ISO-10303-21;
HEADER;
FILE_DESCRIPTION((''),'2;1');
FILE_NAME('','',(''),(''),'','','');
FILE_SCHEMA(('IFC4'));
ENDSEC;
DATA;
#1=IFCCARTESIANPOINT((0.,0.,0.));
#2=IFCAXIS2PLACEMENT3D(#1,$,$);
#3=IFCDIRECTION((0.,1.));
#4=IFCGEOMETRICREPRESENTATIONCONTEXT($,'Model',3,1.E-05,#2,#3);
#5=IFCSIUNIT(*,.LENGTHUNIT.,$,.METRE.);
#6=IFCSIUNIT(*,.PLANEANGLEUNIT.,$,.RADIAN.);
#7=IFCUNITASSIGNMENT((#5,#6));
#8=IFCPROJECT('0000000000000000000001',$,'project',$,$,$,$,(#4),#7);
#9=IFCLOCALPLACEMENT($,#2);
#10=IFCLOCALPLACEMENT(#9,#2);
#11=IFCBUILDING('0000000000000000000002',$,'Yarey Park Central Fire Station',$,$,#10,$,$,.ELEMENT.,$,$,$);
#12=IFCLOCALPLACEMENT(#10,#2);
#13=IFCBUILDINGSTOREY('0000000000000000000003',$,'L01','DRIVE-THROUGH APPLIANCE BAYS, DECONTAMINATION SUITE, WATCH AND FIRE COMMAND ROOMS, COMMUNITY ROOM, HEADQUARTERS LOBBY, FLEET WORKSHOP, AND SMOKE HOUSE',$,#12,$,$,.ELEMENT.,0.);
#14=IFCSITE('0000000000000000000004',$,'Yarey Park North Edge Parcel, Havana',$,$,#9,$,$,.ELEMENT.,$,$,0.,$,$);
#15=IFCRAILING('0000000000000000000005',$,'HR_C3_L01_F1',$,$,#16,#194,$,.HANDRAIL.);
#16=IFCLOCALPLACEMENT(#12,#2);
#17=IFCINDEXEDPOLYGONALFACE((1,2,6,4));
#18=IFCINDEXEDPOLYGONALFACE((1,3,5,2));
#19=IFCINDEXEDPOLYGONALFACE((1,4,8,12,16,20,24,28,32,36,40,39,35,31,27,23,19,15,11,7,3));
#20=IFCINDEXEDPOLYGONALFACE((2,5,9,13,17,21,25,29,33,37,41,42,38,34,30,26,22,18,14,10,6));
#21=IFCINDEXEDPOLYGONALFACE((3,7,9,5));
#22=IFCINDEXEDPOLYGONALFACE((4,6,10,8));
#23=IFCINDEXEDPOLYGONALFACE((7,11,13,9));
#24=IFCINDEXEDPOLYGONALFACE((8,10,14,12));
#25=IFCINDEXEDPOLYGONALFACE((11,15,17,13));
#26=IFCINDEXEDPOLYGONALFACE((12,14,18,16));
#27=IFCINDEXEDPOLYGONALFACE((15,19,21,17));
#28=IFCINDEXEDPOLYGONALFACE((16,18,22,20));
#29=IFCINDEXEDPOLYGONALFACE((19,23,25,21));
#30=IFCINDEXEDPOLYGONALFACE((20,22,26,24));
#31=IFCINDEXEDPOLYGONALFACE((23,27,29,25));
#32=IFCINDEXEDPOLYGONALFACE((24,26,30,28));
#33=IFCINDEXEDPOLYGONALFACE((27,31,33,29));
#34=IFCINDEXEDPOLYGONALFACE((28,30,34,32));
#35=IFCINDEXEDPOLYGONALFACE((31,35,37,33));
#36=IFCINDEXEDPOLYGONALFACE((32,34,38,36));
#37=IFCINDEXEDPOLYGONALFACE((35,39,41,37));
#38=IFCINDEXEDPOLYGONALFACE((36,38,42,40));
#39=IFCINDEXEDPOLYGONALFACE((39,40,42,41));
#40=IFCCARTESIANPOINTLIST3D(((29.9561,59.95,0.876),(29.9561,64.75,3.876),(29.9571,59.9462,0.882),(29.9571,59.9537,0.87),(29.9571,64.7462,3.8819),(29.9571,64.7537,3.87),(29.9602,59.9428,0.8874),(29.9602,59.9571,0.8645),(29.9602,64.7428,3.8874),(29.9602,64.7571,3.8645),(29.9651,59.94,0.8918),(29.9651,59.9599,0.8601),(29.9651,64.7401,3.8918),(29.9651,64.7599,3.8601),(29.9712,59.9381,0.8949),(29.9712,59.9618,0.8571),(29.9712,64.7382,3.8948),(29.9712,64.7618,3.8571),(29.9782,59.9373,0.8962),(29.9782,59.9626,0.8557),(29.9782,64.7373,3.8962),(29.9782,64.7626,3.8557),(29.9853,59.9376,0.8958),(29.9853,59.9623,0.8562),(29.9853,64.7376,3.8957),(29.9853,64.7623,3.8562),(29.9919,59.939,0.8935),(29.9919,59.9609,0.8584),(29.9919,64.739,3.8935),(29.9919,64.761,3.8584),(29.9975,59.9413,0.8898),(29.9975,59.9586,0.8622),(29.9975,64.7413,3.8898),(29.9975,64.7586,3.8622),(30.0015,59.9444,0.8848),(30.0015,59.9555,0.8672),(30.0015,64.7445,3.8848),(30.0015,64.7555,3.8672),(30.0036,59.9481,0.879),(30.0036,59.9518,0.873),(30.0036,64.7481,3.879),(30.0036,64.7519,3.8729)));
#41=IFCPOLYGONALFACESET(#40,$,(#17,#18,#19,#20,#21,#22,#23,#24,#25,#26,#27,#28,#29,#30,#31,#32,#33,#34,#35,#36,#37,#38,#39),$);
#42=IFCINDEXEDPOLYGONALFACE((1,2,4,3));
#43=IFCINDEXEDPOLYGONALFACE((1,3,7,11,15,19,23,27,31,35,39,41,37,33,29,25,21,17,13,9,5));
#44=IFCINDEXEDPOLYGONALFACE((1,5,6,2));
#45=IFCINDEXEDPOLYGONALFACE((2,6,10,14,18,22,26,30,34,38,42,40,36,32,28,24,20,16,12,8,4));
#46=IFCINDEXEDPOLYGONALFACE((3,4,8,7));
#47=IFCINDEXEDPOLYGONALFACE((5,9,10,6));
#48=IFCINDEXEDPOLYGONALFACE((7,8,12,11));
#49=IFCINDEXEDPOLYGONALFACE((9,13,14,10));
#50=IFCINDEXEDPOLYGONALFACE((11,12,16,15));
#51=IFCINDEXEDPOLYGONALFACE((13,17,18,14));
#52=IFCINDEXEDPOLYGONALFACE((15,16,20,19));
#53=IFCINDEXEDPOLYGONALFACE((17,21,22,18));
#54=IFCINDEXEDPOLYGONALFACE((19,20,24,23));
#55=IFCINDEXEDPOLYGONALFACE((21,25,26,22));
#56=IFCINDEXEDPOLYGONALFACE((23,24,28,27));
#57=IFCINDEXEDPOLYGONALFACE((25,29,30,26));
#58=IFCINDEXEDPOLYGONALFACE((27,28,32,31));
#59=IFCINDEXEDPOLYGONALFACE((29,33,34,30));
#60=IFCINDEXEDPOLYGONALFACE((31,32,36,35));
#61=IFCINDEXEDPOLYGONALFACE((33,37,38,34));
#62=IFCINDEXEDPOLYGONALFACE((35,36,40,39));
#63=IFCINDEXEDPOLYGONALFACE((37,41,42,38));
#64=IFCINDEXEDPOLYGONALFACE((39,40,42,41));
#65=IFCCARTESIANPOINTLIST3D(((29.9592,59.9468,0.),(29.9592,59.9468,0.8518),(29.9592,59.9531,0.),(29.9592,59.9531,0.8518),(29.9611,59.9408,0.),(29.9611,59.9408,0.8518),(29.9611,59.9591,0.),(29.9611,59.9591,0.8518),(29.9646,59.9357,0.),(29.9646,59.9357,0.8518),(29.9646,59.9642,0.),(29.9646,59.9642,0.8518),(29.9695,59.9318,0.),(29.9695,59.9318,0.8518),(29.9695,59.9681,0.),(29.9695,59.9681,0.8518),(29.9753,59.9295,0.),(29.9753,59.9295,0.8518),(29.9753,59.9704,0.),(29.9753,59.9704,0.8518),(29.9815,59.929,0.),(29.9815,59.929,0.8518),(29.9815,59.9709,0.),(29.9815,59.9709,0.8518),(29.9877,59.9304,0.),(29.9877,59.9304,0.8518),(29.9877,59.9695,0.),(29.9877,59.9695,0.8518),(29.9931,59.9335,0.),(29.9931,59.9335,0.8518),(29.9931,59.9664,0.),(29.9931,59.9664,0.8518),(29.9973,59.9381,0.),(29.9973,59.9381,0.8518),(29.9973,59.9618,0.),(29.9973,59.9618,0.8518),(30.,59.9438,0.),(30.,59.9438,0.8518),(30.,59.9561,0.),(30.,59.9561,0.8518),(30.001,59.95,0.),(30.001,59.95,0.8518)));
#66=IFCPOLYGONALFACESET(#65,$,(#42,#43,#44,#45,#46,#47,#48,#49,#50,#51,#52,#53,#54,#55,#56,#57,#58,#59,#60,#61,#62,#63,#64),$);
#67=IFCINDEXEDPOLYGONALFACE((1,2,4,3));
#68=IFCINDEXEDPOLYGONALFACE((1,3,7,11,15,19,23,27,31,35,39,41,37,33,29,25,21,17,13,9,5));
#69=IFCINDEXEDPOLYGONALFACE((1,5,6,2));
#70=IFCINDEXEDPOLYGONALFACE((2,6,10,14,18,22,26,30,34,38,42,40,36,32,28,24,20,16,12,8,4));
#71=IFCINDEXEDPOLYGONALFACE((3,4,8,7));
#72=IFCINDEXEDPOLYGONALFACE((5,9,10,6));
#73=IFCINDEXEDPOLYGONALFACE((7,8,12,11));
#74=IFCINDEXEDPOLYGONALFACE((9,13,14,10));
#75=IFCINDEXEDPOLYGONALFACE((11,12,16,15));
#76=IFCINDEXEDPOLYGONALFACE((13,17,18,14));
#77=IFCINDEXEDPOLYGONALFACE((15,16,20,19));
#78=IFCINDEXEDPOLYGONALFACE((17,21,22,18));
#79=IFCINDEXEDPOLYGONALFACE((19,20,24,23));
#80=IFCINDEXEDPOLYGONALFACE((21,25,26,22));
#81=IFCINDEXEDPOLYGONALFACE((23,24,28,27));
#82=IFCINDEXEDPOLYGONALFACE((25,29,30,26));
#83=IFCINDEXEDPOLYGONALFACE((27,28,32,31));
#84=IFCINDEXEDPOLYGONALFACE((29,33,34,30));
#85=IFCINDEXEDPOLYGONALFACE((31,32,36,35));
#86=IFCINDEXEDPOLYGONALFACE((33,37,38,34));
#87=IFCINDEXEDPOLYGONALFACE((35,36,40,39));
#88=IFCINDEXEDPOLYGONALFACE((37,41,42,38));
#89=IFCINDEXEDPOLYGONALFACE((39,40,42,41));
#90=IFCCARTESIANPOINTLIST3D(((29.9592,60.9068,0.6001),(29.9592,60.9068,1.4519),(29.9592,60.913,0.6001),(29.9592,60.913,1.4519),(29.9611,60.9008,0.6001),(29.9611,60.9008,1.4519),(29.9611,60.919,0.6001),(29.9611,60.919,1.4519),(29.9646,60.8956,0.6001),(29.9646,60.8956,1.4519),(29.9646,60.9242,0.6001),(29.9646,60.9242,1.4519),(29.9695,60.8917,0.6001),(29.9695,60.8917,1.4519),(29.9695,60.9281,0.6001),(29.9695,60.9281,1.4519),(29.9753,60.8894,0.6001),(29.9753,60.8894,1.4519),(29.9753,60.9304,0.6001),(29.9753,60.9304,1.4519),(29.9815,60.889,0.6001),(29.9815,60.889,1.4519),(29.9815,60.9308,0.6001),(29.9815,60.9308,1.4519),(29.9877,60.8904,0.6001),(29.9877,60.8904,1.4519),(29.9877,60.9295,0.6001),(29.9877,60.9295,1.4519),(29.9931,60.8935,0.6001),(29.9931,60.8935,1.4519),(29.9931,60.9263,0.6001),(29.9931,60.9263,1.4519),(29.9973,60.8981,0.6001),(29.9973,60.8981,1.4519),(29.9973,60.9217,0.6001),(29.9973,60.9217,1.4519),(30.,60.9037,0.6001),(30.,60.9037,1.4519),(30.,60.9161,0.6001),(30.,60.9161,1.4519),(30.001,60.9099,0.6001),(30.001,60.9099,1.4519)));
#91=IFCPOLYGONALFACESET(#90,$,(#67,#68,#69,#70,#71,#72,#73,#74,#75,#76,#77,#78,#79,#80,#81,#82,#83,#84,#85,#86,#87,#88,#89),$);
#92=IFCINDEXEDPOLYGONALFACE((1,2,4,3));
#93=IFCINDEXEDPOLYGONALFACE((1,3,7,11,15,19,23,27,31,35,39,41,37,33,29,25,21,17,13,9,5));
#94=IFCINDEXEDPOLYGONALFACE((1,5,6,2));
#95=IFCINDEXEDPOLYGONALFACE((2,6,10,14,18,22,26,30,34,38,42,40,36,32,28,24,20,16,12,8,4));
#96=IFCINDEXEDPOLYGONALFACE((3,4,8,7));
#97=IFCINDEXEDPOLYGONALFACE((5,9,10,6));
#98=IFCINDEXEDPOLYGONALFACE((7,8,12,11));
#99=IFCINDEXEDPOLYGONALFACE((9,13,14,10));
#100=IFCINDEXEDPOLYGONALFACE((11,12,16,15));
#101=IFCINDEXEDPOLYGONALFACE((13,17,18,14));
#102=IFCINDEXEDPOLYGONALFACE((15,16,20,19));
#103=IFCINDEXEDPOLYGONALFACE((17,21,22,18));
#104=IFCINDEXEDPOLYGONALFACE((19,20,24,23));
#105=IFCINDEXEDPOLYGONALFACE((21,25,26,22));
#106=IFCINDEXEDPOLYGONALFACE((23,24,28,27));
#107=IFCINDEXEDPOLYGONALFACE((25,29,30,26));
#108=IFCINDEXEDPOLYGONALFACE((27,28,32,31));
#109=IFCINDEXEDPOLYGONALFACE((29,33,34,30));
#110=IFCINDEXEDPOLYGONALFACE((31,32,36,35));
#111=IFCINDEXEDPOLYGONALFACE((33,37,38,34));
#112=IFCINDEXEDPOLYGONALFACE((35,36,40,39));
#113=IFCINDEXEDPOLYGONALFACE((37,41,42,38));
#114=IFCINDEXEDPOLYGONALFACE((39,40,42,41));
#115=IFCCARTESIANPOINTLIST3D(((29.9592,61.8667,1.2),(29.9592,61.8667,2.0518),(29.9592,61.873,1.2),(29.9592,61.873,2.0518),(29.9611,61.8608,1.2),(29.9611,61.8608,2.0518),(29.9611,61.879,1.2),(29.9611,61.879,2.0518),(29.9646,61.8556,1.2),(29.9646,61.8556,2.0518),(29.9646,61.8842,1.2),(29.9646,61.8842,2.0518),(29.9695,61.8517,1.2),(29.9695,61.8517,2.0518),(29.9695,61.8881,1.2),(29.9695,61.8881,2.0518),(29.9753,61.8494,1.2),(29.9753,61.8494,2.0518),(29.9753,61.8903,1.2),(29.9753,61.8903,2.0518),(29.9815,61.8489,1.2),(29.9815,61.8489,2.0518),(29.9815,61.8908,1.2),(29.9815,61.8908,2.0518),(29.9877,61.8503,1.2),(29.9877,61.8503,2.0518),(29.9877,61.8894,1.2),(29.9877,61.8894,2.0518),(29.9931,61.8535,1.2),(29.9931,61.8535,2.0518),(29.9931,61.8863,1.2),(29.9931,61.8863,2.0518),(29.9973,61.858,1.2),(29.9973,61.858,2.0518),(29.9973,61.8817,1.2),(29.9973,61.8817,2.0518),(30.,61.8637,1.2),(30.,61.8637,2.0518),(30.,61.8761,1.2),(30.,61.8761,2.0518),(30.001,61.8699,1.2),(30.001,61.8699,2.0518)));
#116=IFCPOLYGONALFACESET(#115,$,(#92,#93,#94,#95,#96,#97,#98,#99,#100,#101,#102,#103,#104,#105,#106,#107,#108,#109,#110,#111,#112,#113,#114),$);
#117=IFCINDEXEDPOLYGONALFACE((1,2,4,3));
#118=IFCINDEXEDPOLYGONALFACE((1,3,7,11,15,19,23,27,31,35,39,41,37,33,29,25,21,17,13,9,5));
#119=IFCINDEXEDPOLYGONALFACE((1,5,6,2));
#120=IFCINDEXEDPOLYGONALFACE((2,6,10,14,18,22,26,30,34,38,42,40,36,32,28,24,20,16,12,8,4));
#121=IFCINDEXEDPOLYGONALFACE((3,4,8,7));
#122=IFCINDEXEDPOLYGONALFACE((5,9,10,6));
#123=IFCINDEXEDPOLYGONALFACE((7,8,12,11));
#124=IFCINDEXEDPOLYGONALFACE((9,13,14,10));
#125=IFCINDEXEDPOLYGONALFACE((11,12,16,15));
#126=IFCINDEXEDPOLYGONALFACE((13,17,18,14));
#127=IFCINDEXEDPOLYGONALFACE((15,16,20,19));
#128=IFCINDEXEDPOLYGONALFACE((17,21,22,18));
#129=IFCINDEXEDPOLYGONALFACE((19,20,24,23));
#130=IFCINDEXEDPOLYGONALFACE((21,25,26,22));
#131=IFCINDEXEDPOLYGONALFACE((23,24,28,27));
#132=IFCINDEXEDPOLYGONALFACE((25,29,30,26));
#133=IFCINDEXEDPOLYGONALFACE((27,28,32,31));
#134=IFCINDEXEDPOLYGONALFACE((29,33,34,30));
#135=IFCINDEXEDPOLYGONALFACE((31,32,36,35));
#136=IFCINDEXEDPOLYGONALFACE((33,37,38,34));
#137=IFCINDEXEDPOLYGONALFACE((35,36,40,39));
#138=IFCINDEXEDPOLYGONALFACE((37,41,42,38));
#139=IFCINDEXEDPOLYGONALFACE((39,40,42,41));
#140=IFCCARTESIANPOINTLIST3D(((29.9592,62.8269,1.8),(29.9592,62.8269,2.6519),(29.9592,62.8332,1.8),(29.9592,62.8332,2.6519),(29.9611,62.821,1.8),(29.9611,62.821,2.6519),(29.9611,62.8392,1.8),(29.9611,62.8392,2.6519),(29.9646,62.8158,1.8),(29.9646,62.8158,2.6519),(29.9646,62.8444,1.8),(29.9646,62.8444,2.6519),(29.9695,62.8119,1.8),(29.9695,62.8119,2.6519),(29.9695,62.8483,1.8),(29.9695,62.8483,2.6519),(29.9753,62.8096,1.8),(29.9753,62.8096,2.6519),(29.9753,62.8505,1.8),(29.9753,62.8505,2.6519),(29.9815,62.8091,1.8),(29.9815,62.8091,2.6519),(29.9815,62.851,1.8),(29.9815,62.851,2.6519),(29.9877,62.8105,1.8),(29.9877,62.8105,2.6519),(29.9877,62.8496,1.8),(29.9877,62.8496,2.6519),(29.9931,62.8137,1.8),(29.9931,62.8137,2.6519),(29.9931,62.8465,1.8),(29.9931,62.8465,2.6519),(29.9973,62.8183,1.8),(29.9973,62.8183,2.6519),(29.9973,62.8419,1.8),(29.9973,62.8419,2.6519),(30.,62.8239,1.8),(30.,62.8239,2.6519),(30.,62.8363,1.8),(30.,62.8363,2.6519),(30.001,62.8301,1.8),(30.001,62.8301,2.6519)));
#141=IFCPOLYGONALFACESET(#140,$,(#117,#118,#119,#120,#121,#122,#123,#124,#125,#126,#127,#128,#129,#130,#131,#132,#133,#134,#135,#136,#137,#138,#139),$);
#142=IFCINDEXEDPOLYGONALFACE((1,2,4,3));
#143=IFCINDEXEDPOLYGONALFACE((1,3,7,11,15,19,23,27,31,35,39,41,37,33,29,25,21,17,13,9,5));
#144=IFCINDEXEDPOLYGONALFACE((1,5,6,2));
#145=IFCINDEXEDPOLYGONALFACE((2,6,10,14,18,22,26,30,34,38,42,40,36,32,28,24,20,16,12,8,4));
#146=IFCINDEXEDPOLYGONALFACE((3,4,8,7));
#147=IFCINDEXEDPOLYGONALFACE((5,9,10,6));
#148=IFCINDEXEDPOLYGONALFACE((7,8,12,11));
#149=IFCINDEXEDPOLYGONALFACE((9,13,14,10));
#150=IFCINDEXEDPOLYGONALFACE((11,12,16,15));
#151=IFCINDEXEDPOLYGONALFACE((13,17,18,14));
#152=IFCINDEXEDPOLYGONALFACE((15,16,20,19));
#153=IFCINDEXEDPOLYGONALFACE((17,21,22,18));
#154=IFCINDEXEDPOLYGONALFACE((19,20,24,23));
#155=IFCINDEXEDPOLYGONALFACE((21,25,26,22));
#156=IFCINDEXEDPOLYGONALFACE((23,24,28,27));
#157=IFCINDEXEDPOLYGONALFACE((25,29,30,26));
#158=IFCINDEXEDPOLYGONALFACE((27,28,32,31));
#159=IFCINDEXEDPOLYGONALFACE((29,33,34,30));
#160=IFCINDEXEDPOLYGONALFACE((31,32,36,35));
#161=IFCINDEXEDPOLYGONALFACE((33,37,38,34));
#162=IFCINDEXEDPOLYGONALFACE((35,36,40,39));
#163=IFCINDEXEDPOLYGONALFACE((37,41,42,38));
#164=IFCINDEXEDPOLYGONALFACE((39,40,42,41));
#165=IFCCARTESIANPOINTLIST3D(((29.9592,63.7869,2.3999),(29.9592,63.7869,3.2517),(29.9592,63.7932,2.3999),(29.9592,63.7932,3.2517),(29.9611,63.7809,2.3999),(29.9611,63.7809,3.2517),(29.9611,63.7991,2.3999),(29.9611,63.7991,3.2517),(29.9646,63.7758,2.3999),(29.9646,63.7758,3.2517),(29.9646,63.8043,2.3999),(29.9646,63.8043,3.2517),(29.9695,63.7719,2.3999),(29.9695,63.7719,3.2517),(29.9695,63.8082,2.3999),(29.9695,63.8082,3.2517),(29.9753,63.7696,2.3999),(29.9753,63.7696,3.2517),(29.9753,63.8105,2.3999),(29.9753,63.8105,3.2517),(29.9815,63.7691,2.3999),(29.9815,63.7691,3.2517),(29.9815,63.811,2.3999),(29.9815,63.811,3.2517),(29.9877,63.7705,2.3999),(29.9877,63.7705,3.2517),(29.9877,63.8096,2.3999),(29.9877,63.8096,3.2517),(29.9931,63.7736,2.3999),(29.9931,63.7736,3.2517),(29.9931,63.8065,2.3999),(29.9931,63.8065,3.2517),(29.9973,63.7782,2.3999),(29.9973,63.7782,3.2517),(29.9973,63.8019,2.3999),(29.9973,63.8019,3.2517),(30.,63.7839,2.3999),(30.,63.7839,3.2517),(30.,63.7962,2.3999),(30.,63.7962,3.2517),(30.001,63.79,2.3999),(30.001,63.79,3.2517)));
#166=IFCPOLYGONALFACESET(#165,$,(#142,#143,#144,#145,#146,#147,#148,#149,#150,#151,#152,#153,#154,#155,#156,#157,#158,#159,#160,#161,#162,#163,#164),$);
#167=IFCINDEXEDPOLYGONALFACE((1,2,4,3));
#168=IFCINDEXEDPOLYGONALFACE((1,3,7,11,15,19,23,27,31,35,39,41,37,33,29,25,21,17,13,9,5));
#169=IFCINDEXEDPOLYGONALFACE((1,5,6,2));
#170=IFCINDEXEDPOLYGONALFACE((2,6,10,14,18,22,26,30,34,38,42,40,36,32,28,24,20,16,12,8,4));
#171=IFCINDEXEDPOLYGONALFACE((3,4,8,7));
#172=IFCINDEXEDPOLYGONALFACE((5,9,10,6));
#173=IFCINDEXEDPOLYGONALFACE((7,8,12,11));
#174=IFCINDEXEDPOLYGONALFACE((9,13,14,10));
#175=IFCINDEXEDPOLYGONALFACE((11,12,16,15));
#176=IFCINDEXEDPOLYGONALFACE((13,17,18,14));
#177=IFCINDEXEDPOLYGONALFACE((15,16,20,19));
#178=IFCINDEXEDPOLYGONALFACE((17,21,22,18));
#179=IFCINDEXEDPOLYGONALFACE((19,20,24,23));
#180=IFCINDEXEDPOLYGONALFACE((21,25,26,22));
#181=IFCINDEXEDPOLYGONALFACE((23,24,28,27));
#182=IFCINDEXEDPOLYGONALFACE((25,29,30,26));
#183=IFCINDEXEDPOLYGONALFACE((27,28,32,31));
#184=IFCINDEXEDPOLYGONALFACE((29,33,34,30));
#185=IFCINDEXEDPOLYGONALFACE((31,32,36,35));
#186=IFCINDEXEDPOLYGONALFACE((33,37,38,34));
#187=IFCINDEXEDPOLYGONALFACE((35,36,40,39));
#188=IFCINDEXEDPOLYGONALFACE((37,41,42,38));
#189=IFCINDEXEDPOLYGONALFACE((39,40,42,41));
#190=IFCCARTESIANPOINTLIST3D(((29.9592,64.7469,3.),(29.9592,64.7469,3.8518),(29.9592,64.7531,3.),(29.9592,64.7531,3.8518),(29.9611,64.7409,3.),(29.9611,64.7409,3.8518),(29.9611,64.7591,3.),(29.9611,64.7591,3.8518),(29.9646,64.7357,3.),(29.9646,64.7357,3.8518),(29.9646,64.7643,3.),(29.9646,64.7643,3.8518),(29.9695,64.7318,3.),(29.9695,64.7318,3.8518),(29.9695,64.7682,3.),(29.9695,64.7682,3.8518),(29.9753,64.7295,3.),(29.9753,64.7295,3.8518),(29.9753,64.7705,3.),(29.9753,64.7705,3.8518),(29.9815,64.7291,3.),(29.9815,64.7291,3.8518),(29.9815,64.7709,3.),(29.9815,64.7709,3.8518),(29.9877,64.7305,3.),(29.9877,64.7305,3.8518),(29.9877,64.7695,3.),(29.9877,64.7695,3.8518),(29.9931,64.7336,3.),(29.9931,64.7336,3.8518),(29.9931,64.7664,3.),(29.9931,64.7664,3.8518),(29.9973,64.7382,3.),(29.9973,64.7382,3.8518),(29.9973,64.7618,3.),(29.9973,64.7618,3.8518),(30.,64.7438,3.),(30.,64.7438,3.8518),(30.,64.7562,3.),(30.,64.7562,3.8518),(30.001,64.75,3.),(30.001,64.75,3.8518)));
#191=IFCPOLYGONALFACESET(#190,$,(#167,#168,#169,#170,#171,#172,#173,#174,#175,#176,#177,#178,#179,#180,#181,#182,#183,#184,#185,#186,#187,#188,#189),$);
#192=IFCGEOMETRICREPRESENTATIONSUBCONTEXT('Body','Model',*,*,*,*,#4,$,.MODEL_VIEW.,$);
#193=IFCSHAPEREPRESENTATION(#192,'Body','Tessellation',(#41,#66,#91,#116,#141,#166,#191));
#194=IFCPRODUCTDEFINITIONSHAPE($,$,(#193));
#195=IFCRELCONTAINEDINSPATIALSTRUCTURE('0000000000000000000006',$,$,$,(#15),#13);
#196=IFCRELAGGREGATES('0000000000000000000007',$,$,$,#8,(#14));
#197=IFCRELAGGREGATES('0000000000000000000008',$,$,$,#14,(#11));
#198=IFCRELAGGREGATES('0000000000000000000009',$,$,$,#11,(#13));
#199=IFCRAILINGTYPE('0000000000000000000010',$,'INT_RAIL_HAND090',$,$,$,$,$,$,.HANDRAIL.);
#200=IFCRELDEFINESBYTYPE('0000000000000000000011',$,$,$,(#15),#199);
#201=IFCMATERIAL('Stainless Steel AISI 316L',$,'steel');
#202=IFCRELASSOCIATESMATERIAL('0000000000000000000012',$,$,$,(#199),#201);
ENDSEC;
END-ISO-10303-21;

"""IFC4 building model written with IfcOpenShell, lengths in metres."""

from ifc_helpers import new_model, si_unit, direction, frame, origin, origin_2d, place, context, subcontext, project, spatial, circle, extrude, material, type_object, element, save


model = new_model("IFC4")

# Units and contexts
model_context = context("Model", 3, precision=1e-05, world=origin(), true_north=direction((0.0, 1.0)))
body_context = subcontext(model_context, "Body", "Model", "MODEL_VIEW")
ifc_project = project(units=[si_unit("LENGTHUNIT", "METRE"), si_unit("PLANEANGLEUNIT", "RADIAN")], contexts=[model_context])

# Site, building, storey
site_placement = place(None, origin())
site = spatial("IfcSite", under=ifc_project, at=site_placement, Name="Yarey Park North Edge Parcel, Havana", CompositionType="ELEMENT", RefElevation=0.0)
building_placement = place(site_placement, origin())
building = spatial("IfcBuilding", under=site, at=building_placement, Name="Yarey Park Central Fire Station", CompositionType="ELEMENT")
storey_placement = place(building_placement, origin())
storey = spatial("IfcBuildingStorey", under=building, at=storey_placement, Name="L01", Description="DRIVE-THROUGH APPLIANCE BAYS, DECONTAMINATION SUITE, WATCH AND FIRE COMMAND ROOMS, COMMUNITY ROOM, HEADQUARTERS LOBBY, FLEET WORKSHOP, AND SMOKE HOUSE", CompositionType="ELEMENT", Elevation=0.0)

# Railing
ifc_material_1 = material(Name="Stainless Steel AISI 316L", Category="steel")
railing_type_1 = type_object("IfcRailingType", Name="INT_RAIL_HAND090", PredefinedType="HANDRAIL", material=ifc_material_1)
railing_1_placement = place(storey_placement, frame((29.98, 59.95, 0.0)))
element("IfcRailing", 1, at=railing_1_placement, inside=storey, type_object=railing_type_1, Name="HR_C3_L01_F1", PredefinedType="HANDRAIL", context=body_context, shape_type="SweptSolid", body=[
    extrude(circle(Radius=0.0239, at=origin_2d()), frame((0.0, 0.0, 0.876), z_axis=(0.0, 0.848001, 0.529995), x_axis=(-1.0, 0.0, 0.0)), (0.0, 0.0, 1.0), 5.6604),
    extrude(circle(Radius=0.021, at=origin_2d()), origin(), (0.0, 0.0, 1.0), 0.8518),
    extrude(circle(Radius=0.021, at=origin_2d()), frame((0.0, 0.96, 0.6001)), (0.0, 0.0, 1.0), 0.8518),
    extrude(circle(Radius=0.021, at=origin_2d()), frame((0.0, 1.9199, 1.2)), (0.0, 0.0, 1.0), 0.8518),
    extrude(circle(Radius=0.021, at=origin_2d()), frame((0.0, 2.8801, 1.8)), (0.0, 0.0, 1.0), 0.8518),
    extrude(circle(Radius=0.021, at=origin_2d()), frame((0.0, 3.8401, 2.3999)), (0.0, 0.0, 1.0), 0.8518),
    extrude(circle(Radius=0.021, at=origin_2d()), frame((0.0, 4.8, 3.0)), (0.0, 0.0, 1.0), 0.8518),
])

save(model, "model.ifc")
